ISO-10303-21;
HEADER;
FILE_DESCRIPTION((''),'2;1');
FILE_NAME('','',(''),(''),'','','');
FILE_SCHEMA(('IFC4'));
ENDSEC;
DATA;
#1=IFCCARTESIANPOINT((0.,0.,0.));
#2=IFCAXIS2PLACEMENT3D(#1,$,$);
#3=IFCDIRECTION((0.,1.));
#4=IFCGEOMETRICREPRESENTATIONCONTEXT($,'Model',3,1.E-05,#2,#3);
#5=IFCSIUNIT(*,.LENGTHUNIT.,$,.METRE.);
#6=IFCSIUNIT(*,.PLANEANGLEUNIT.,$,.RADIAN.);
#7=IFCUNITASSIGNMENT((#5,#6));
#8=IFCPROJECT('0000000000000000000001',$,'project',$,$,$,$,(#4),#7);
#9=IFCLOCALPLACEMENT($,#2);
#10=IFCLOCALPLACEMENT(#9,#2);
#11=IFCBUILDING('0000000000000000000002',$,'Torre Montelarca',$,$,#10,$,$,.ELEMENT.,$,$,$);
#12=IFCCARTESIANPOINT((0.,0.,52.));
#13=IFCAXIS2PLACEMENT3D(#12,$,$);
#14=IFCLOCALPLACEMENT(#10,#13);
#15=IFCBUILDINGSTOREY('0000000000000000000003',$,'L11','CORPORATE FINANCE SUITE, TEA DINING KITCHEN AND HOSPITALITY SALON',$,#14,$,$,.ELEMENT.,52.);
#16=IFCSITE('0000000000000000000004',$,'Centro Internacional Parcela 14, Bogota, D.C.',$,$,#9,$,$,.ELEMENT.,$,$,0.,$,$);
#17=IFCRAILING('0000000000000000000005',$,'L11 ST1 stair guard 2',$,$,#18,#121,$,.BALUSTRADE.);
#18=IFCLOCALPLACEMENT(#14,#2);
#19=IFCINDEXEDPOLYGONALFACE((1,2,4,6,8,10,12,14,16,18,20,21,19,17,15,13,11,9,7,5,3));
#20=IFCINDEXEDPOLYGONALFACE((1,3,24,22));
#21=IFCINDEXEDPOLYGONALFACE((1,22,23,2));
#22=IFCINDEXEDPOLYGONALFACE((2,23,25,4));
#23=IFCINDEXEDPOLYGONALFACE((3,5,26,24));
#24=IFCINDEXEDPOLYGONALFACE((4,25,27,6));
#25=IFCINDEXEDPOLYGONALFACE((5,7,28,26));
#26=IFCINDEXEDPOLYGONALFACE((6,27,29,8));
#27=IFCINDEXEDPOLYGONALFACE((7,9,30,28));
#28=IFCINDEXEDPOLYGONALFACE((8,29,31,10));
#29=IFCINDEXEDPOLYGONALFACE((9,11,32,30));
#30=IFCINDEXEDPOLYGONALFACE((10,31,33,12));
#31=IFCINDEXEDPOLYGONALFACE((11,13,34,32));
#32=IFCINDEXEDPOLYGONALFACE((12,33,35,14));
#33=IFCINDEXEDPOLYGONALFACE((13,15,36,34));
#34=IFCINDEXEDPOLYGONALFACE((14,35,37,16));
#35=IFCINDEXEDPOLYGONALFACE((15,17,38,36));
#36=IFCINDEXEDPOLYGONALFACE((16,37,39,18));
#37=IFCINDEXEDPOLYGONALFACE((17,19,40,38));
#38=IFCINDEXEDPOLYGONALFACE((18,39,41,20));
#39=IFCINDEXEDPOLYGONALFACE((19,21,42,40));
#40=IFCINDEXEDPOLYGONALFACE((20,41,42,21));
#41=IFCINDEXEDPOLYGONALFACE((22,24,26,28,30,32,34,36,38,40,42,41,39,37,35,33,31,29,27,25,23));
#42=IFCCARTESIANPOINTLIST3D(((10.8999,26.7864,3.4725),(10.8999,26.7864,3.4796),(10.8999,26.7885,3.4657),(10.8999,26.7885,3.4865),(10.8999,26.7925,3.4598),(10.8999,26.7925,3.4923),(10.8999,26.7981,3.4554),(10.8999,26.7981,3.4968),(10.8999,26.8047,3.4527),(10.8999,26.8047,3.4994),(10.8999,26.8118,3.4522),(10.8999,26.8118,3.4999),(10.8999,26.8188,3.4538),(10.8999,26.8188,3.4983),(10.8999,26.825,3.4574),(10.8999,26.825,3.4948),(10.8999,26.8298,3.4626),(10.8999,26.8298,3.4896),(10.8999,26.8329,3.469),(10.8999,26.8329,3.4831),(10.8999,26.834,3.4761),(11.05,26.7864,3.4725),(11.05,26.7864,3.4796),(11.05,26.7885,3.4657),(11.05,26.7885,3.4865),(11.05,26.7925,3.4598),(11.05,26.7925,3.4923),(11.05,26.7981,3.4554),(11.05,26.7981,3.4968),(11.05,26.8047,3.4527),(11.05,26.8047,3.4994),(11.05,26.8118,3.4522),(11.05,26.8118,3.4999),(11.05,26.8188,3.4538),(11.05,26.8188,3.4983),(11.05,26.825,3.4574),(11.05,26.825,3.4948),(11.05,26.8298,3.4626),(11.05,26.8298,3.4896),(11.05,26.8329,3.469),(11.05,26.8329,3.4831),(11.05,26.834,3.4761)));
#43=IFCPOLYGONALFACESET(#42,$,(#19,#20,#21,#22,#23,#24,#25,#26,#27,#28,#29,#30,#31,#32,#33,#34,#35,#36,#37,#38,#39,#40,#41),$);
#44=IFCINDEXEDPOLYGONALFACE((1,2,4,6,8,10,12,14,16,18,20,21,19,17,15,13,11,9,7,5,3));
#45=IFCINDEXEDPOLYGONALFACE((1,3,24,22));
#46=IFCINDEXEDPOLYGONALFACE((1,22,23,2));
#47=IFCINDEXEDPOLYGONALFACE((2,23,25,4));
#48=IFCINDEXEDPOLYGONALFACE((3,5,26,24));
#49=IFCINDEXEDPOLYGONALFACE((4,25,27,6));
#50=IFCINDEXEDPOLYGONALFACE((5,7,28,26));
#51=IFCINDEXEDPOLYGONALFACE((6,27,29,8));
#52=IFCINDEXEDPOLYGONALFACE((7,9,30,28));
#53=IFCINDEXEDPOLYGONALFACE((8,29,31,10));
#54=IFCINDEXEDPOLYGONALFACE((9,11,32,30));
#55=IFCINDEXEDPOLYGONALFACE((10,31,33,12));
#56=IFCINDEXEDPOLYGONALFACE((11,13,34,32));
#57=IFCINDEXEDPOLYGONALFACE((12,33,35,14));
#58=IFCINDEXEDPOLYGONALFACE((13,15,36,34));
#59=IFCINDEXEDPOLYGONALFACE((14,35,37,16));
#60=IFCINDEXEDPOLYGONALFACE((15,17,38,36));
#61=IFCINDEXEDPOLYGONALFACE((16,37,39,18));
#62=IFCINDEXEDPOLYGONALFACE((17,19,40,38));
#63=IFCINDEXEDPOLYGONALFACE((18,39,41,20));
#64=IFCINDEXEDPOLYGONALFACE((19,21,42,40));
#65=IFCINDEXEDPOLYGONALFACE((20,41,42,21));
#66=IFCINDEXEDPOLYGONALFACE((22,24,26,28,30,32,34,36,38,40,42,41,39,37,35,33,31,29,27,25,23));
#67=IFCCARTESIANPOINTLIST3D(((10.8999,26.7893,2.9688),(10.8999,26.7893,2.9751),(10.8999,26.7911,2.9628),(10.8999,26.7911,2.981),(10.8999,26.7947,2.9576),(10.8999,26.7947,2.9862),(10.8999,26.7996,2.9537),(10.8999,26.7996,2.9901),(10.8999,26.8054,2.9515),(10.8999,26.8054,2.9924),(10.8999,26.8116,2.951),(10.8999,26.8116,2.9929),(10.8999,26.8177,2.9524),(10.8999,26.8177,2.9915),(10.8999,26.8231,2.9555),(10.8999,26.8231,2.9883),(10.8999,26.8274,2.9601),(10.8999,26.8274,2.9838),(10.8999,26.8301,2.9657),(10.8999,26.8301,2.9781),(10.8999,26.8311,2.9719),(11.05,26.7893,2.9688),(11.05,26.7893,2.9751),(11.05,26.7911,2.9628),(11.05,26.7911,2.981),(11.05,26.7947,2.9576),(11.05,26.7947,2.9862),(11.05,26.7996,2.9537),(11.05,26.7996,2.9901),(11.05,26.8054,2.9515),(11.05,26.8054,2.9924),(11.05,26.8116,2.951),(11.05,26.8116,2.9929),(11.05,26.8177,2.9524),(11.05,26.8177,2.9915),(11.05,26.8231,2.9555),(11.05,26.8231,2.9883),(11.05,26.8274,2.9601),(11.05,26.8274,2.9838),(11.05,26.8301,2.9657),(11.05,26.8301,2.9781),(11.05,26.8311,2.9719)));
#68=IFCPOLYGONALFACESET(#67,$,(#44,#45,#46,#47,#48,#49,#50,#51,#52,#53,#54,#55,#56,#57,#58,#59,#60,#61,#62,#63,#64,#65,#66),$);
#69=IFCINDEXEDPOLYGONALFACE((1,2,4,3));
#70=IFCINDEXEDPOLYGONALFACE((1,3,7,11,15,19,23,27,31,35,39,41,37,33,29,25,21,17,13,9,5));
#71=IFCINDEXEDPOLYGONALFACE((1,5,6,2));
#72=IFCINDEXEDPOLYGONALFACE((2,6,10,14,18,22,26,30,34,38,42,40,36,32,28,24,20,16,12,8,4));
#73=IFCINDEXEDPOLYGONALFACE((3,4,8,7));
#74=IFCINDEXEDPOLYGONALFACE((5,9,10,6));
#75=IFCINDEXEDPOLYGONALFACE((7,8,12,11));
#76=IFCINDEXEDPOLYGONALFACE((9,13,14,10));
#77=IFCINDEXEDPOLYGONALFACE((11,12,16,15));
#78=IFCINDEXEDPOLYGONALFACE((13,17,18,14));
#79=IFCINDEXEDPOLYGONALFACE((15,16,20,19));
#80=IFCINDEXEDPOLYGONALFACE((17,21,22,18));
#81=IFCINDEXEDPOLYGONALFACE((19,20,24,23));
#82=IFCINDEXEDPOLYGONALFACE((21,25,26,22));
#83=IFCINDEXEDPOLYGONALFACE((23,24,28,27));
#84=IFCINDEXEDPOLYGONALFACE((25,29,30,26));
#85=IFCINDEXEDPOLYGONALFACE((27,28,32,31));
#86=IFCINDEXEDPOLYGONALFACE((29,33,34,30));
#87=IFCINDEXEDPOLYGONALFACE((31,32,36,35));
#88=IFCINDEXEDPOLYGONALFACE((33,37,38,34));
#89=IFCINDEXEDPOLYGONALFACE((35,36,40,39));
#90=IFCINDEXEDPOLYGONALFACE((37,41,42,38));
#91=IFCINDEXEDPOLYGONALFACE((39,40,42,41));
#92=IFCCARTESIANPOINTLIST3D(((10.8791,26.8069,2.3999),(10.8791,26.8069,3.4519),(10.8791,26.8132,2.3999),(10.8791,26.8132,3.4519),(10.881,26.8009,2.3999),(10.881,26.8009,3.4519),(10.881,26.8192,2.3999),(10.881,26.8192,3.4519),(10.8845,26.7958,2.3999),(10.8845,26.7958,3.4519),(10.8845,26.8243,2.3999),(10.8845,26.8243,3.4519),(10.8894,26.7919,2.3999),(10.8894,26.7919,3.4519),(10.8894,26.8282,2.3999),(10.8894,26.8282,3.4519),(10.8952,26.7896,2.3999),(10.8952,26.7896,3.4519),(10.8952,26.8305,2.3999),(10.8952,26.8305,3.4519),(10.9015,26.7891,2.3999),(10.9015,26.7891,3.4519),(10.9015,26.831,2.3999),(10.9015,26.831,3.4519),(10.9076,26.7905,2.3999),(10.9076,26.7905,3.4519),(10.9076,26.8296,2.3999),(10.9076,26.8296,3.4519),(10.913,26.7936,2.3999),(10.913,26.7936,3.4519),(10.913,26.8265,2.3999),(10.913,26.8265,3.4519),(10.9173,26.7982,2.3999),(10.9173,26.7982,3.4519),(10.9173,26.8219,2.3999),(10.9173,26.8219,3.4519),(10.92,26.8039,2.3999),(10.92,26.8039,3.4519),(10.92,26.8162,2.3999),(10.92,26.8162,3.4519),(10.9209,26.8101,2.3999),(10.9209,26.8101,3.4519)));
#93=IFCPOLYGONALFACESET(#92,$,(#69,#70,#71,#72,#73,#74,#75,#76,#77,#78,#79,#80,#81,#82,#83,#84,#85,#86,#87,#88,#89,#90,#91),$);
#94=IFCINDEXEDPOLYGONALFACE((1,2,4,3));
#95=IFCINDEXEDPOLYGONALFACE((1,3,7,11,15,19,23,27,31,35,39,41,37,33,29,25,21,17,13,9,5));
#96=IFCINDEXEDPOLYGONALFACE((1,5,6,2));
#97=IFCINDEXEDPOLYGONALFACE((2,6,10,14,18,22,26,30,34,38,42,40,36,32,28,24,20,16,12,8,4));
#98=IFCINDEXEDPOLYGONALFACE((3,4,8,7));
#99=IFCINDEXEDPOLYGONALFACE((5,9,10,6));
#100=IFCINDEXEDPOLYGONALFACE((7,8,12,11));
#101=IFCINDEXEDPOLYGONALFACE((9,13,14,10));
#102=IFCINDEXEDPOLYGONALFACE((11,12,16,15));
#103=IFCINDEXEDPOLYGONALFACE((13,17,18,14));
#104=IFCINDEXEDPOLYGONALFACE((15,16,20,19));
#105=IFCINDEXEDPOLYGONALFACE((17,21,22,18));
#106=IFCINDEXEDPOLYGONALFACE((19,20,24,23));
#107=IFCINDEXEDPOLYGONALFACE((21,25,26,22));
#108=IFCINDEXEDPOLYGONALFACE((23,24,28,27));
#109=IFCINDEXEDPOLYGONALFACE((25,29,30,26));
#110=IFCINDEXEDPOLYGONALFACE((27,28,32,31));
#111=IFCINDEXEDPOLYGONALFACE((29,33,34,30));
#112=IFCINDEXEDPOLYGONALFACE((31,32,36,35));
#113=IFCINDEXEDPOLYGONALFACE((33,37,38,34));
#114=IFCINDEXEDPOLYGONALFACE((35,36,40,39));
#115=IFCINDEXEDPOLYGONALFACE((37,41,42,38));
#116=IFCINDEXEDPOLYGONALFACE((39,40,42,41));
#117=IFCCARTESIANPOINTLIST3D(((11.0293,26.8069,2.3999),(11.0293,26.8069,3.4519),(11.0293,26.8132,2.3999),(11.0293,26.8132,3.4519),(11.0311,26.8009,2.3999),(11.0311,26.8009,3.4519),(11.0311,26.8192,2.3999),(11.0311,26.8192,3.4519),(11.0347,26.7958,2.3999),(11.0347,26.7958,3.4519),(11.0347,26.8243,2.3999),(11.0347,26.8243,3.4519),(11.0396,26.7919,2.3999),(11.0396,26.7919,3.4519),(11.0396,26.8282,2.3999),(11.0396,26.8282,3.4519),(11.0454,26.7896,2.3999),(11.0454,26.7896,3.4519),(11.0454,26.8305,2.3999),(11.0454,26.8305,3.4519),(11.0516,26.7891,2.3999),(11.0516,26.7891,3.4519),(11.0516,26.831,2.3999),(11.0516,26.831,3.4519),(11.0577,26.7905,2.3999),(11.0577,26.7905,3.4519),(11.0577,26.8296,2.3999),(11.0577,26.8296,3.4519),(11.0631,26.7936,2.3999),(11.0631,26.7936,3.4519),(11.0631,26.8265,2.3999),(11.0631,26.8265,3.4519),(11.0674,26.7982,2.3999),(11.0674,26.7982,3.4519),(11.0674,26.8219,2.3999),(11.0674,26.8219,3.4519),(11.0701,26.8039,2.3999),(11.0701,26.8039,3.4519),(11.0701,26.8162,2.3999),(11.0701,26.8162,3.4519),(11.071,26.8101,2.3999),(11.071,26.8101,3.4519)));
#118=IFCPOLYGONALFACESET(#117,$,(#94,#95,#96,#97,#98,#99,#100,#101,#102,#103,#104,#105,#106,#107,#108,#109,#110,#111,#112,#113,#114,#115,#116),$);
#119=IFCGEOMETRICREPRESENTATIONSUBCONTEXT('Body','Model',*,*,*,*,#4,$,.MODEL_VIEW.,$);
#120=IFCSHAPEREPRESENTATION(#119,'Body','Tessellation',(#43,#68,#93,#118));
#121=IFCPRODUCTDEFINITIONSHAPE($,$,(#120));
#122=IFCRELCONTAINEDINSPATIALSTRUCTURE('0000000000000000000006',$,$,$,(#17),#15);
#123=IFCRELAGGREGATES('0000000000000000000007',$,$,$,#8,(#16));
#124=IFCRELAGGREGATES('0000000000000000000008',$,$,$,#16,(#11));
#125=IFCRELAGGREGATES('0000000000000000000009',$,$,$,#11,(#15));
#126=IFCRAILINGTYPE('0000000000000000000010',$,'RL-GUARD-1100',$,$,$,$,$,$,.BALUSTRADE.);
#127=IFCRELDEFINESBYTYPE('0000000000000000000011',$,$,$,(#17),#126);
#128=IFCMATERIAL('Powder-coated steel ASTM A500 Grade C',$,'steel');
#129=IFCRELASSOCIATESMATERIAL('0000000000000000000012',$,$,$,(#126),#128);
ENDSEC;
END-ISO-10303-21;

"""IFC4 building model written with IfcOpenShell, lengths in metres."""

from ifc_helpers import new_model, si_unit, direction, frame, origin, origin_2d, place, context, subcontext, project, spatial, circle, extrude, material, type_object, element, save


model = new_model("IFC4")

# Units and contexts
model_context = context("Model", 3, precision=1e-05, world=origin(), true_north=direction((0.0, 1.0)))
body_context = subcontext(model_context, "Body", "Model", "MODEL_VIEW")
ifc_project = project(units=[si_unit("LENGTHUNIT", "METRE"), si_unit("PLANEANGLEUNIT", "RADIAN")], contexts=[model_context])

# Site, building, storey
site_placement = place(None, origin())
site = spatial("IfcSite", under=ifc_project, at=site_placement, Name="Centro Internacional Parcela 14, Bogota, D.C.", CompositionType="ELEMENT", RefElevation=0.0)
building_placement = place(site_placement, origin())
building = spatial("IfcBuilding", under=site, at=building_placement, Name="Torre Montelarca", CompositionType="ELEMENT")
storey_placement = place(building_placement, frame((0.0, 0.0, 52.0)))
storey = spatial("IfcBuildingStorey", under=building, at=storey_placement, Name="L11", Description="CORPORATE FINANCE SUITE, TEA DINING KITCHEN AND HOSPITALITY SALON", CompositionType="ELEMENT", Elevation=52.0)

# Railing
ifc_material_1 = material(Name="Powder-coated steel ASTM A500 Grade C", Category="steel")
railing_type_1 = type_object("IfcRailingType", Name="RL-GUARD-1100", PredefinedType="BALUSTRADE", material=ifc_material_1)
railing_1_placement = place(storey_placement, frame((10.8999, 26.8101, 2.3999)))
element("IfcRailing", 1, at=railing_1_placement, inside=storey, type_object=railing_type_1, Name="L11 ST1 stair guard 2", PredefinedType="BALUSTRADE", context=body_context, shape_type="SweptSolid", body=[
    extrude(circle(Radius=0.0239, at=origin_2d()), frame((0.0, 0.0, 1.0762), z_axis=(1.0, 0.0, 0.0), x_axis=(0.0, 1.0, 0.0)), (0.0, 0.0, 1.0), 0.1501),
    extrude(circle(Radius=0.021, at=origin_2d()), frame((0.0, 0.0, 0.572), z_axis=(1.0, 0.0, 0.0), x_axis=(0.0, 1.0, 0.0)), (0.0, 0.0, 1.0), 0.1501),
    extrude(circle(Radius=0.021, at=origin_2d()), origin(), (0.0, 0.0, 1.0), 1.052),
    extrude(circle(Radius=0.021, at=origin_2d()), frame((0.1501, 0.0, 0.0)), (0.0, 0.0, 1.0), 1.052),
])

save(model, "model.ifc")
